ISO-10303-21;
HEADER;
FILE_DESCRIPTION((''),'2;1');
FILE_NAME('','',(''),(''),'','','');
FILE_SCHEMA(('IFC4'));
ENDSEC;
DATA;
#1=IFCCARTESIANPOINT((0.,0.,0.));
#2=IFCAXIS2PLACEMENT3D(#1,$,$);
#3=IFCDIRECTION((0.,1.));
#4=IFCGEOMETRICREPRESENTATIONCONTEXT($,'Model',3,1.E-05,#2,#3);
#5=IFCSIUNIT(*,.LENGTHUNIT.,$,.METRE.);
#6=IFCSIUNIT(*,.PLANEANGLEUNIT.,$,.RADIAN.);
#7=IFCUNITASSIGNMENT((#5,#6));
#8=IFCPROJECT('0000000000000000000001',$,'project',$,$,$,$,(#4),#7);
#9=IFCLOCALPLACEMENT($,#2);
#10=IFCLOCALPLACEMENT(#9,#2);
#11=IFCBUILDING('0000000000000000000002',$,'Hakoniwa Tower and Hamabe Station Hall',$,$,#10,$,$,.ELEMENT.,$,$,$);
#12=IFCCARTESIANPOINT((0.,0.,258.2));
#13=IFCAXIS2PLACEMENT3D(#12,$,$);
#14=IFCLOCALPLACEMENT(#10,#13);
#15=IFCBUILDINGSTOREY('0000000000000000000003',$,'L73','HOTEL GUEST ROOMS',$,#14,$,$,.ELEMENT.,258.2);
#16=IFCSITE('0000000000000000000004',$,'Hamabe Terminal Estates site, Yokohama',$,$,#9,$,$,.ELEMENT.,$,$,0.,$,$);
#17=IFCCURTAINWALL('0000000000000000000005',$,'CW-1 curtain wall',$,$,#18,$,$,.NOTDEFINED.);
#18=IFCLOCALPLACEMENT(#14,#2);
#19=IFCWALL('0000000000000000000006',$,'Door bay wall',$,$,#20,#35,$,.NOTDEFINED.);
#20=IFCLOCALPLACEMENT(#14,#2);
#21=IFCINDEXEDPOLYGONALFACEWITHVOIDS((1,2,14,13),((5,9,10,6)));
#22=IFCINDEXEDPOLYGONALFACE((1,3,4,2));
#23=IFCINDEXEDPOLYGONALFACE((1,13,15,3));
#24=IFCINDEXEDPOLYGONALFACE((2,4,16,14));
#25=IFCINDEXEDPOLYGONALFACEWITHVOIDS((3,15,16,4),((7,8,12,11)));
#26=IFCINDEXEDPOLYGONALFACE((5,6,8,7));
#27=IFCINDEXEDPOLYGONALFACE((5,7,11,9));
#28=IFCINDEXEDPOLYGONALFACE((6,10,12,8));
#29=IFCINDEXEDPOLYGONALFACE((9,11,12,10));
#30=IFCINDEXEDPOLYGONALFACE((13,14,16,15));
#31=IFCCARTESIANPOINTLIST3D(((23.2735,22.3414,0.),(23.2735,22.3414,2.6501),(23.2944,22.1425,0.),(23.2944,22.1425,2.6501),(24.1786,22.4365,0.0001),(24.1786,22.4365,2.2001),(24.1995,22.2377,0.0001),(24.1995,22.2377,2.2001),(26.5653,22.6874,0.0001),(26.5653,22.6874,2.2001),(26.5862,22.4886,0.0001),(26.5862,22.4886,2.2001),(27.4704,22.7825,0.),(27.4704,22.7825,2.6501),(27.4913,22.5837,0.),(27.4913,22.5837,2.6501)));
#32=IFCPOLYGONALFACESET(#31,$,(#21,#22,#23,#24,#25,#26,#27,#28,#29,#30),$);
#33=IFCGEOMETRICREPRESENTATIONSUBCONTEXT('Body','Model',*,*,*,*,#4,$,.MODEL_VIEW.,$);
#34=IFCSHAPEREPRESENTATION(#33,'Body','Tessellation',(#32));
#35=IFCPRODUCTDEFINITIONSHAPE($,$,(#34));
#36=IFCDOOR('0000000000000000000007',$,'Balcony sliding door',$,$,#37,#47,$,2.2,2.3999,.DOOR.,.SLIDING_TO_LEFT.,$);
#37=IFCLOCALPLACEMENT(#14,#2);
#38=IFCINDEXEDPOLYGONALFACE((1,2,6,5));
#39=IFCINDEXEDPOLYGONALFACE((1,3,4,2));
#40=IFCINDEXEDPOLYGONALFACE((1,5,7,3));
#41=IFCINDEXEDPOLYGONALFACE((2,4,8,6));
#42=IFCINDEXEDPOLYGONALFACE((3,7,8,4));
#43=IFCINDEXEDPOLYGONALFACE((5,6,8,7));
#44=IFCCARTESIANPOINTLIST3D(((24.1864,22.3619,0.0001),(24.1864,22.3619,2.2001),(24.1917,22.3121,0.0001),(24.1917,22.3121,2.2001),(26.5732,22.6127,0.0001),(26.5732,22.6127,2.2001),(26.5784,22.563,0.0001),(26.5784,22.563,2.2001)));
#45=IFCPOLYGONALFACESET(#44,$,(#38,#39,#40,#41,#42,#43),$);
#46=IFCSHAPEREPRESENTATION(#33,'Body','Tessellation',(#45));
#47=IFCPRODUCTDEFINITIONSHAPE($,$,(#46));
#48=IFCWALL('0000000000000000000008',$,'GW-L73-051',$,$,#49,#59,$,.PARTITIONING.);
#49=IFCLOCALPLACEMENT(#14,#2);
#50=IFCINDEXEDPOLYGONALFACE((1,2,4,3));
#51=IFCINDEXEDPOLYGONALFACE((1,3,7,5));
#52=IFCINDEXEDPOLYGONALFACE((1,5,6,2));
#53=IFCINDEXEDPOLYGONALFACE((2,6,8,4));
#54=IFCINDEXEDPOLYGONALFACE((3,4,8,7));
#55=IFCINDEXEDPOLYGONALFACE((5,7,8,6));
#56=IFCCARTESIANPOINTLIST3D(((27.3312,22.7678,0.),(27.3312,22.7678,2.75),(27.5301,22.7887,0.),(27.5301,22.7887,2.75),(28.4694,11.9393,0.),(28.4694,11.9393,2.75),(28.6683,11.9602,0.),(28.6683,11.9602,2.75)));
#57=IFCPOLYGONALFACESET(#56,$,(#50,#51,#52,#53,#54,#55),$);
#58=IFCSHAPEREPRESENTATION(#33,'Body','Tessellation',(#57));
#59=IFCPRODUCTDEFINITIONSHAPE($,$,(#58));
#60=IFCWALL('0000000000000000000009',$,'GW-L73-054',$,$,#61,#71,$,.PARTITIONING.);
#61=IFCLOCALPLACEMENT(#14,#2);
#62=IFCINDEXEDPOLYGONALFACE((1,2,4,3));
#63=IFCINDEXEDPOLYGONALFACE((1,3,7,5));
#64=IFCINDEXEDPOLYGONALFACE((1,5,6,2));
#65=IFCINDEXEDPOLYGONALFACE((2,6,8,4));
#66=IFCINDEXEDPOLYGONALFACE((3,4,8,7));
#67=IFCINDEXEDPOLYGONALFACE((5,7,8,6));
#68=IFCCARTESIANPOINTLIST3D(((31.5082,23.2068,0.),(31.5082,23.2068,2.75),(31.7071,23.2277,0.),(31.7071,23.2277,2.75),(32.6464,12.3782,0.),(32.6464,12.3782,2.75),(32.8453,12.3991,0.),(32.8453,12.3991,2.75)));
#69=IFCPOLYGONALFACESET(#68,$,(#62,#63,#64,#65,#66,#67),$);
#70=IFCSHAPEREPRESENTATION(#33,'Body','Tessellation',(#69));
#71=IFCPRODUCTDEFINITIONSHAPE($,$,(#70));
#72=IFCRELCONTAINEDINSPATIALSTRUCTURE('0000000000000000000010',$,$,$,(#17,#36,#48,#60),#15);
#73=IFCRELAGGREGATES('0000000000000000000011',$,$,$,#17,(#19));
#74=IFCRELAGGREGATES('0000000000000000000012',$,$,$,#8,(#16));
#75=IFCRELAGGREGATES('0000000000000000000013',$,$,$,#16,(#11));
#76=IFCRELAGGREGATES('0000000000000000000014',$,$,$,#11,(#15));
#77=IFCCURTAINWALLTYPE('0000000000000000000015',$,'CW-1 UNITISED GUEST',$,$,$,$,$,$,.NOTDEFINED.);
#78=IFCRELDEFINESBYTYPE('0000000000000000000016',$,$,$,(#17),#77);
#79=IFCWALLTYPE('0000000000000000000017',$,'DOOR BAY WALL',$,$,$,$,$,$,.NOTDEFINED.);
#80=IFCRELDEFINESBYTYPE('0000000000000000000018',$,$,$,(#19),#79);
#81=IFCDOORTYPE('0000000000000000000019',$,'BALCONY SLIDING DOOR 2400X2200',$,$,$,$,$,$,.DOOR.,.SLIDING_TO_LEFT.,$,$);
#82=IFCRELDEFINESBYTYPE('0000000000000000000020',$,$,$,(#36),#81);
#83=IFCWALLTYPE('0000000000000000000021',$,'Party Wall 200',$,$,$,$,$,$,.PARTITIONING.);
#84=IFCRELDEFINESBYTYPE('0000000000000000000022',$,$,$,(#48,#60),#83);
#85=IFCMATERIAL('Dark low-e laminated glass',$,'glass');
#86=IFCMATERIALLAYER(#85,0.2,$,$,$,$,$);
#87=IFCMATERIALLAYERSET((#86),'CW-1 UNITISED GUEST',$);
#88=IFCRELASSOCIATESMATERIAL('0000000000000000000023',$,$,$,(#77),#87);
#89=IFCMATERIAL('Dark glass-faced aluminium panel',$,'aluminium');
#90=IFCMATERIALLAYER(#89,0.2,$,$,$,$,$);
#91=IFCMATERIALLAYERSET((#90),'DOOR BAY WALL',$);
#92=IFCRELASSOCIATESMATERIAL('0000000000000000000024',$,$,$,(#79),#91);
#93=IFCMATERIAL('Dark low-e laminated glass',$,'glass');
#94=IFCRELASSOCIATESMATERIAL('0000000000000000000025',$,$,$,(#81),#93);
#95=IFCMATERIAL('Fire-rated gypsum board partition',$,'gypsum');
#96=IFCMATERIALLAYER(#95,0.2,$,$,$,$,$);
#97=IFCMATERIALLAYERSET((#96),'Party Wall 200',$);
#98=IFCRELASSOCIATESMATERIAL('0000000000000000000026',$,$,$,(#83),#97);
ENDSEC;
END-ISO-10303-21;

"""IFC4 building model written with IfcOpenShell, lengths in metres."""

from ifc_helpers import new_model, si_unit, direction, frame, frame_2d, origin, place, context, subcontext, project, spatial, rectangle, extrude, material, layer, layer_set, type_object, element, fill, aggregate, save


model = new_model("IFC4")

# Units and contexts
model_context = context("Model", 3, precision=1e-05, world=origin(), true_north=direction((0.0, 1.0)))
body_context = subcontext(model_context, "Body", "Model", "MODEL_VIEW")
ifc_project = project(units=[si_unit("LENGTHUNIT", "METRE"), si_unit("PLANEANGLEUNIT", "RADIAN")], contexts=[model_context])

# Site, building, storey
site_placement = place(None, origin())
site = spatial("IfcSite", under=ifc_project, at=site_placement, Name="Hamabe Terminal Estates site, Yokohama", CompositionType="ELEMENT", RefElevation=0.0)
building_placement = place(site_placement, origin())
building = spatial("IfcBuilding", under=site, at=building_placement, Name="Hakoniwa Tower and Hamabe Station Hall", CompositionType="ELEMENT")
storey_placement = place(building_placement, frame((0.0, 0.0, 258.2)))
storey = spatial("IfcBuildingStorey", under=building, at=storey_placement, Name="L73", Description="HOTEL GUEST ROOMS", CompositionType="ELEMENT", Elevation=258.2)

# Curtain wall
ifc_material_1 = material(Name="Dark low-e laminated glass", Category="glass")
ifc_layer_1 = layer(ifc_material_1, 0.2)
ifc_layer_set_1 = layer_set([ifc_layer_1], Name="CW-1 UNITISED GUEST")
curtain_wall_type = type_object("IfcCurtainWallType", Name="CW-1 UNITISED GUEST", PredefinedType="NOTDEFINED", material=ifc_layer_set_1)
curtain_wall_1_placement = place(storey_placement, origin())
curtain_wall_1 = element("IfcCurtainWall", 1, at=curtain_wall_1_placement, inside=storey, type_object=curtain_wall_type, Name="CW-1 curtain wall", PredefinedType="NOTDEFINED")

# Wall, opening, door
ifc_material_2 = material(Name="Dark glass-faced aluminium panel", Category="aluminium")
ifc_layer_2 = layer(ifc_material_2, 0.2)
ifc_layer_set_2 = layer_set([ifc_layer_2], Name="DOOR BAY WALL")
wall_type_1 = type_object("IfcWallType", Name="DOOR BAY WALL", PredefinedType="NOTDEFINED", material=ifc_layer_set_2)
wall_1_placement = place(storey_placement, frame((27.4807, 22.6831, 0.0), z_axis=(0.0, 0.0, 1.0), x_axis=(-0.99452, -0.104543, 0.0)))
wall_1 = element("IfcWall", 2, at=wall_1_placement, type_object=wall_type_1, Name="Door bay wall", PredefinedType="NOTDEFINED", context=body_context, shape_type="SweptSolid", body=[
    extrude(rectangle(XDim=4.22, YDim=0.2, at=frame_2d((2.1099, 0.0))), origin(), (0.0, 0.0, 1.0), 2.6501),
])
opening_1_placement = place(wall_1_placement, frame((0.9099, 0.0, 0.0)))
opening_1 = element("IfcOpeningElement", 3, at=opening_1_placement, cuts=wall_1, PredefinedType="OPENING", context=body_context, shape_type="SweptSolid", body=[
    extrude(rectangle(XDim=2.3999, YDim=2.2, at=frame_2d((1.2, 1.1001))), frame((0.0, 0.1099, 0.0), z_axis=(0.0, -1.0, 0.0), x_axis=(1.0, 0.0, 0.0)), (0.0, 0.0, 1.0), 0.22),
])
ifc_material_3 = material(Name="Dark low-e laminated glass", Category="glass")
door_type_1 = type_object("IfcDoorType", Name="BALCONY SLIDING DOOR 2400X2200", OperationType="SLIDING_TO_LEFT", PredefinedType="DOOR", material=ifc_material_3)
door_1_placement = place(opening_1_placement, frame((2.3999, 0.0, 0.0), z_axis=(0.0, 0.0, 1.0), x_axis=(-1.0, 0.0, 0.0)))
door_1 = element("IfcDoor", 4, at=door_1_placement, inside=storey, type_object=door_type_1, Name="Balcony sliding door", OperationType="SLIDING_TO_LEFT", OverallHeight=2.2, OverallWidth=2.3999, PredefinedType="DOOR", context=body_context, shape_type="SweptSolid", body=[
    extrude(rectangle(XDim=2.3999, YDim=2.2, at=frame_2d((1.2, 1.1001))), frame((0.0, 0.0249, 0.0), z_axis=(0.0, -1.0, 0.0), x_axis=(1.0, 0.0, 0.0)), (0.0, 0.0, 1.0), 0.05),
])
fill(opening_1, door_1)
aggregate(curtain_wall_1, [wall_1])

# Walls
ifc_material_4 = material(Name="Fire-rated gypsum board partition", Category="gypsum")
ifc_layer_3 = layer(ifc_material_4, 0.2)
ifc_layer_set_3 = layer_set([ifc_layer_3], Name="Party Wall 200")
wall_type_2 = type_object("IfcWallType", Name="Party Wall 200", PredefinedType="PARTITIONING", material=ifc_layer_set_3)
for number, where, z_axis, x_axis, name in (
    (5, (28.5688, 11.9497, 0.0), (0.0, 0.0, 1.0), (-0.104533, 0.994521, 0.0), "GW-L73-051"),
    (6, (32.7458, 12.3887, 0.0), (0.0, 0.0, 1.0), (-0.104533, 0.994521, 0.0), "GW-L73-054"),
):
    element("IfcWall", number, at=place(storey_placement, frame(where, z_axis=z_axis, x_axis=x_axis)), inside=storey, type_object=wall_type_2, Name=name, PredefinedType="PARTITIONING", context=body_context, shape_type="SweptSolid", body=[
        extrude(rectangle(XDim=10.8882, YDim=0.2, at=frame_2d((5.4441, 0.0))), origin(), (0.0, 0.0, 1.0), 2.75),
    ])

save(model, "model.ifc")
